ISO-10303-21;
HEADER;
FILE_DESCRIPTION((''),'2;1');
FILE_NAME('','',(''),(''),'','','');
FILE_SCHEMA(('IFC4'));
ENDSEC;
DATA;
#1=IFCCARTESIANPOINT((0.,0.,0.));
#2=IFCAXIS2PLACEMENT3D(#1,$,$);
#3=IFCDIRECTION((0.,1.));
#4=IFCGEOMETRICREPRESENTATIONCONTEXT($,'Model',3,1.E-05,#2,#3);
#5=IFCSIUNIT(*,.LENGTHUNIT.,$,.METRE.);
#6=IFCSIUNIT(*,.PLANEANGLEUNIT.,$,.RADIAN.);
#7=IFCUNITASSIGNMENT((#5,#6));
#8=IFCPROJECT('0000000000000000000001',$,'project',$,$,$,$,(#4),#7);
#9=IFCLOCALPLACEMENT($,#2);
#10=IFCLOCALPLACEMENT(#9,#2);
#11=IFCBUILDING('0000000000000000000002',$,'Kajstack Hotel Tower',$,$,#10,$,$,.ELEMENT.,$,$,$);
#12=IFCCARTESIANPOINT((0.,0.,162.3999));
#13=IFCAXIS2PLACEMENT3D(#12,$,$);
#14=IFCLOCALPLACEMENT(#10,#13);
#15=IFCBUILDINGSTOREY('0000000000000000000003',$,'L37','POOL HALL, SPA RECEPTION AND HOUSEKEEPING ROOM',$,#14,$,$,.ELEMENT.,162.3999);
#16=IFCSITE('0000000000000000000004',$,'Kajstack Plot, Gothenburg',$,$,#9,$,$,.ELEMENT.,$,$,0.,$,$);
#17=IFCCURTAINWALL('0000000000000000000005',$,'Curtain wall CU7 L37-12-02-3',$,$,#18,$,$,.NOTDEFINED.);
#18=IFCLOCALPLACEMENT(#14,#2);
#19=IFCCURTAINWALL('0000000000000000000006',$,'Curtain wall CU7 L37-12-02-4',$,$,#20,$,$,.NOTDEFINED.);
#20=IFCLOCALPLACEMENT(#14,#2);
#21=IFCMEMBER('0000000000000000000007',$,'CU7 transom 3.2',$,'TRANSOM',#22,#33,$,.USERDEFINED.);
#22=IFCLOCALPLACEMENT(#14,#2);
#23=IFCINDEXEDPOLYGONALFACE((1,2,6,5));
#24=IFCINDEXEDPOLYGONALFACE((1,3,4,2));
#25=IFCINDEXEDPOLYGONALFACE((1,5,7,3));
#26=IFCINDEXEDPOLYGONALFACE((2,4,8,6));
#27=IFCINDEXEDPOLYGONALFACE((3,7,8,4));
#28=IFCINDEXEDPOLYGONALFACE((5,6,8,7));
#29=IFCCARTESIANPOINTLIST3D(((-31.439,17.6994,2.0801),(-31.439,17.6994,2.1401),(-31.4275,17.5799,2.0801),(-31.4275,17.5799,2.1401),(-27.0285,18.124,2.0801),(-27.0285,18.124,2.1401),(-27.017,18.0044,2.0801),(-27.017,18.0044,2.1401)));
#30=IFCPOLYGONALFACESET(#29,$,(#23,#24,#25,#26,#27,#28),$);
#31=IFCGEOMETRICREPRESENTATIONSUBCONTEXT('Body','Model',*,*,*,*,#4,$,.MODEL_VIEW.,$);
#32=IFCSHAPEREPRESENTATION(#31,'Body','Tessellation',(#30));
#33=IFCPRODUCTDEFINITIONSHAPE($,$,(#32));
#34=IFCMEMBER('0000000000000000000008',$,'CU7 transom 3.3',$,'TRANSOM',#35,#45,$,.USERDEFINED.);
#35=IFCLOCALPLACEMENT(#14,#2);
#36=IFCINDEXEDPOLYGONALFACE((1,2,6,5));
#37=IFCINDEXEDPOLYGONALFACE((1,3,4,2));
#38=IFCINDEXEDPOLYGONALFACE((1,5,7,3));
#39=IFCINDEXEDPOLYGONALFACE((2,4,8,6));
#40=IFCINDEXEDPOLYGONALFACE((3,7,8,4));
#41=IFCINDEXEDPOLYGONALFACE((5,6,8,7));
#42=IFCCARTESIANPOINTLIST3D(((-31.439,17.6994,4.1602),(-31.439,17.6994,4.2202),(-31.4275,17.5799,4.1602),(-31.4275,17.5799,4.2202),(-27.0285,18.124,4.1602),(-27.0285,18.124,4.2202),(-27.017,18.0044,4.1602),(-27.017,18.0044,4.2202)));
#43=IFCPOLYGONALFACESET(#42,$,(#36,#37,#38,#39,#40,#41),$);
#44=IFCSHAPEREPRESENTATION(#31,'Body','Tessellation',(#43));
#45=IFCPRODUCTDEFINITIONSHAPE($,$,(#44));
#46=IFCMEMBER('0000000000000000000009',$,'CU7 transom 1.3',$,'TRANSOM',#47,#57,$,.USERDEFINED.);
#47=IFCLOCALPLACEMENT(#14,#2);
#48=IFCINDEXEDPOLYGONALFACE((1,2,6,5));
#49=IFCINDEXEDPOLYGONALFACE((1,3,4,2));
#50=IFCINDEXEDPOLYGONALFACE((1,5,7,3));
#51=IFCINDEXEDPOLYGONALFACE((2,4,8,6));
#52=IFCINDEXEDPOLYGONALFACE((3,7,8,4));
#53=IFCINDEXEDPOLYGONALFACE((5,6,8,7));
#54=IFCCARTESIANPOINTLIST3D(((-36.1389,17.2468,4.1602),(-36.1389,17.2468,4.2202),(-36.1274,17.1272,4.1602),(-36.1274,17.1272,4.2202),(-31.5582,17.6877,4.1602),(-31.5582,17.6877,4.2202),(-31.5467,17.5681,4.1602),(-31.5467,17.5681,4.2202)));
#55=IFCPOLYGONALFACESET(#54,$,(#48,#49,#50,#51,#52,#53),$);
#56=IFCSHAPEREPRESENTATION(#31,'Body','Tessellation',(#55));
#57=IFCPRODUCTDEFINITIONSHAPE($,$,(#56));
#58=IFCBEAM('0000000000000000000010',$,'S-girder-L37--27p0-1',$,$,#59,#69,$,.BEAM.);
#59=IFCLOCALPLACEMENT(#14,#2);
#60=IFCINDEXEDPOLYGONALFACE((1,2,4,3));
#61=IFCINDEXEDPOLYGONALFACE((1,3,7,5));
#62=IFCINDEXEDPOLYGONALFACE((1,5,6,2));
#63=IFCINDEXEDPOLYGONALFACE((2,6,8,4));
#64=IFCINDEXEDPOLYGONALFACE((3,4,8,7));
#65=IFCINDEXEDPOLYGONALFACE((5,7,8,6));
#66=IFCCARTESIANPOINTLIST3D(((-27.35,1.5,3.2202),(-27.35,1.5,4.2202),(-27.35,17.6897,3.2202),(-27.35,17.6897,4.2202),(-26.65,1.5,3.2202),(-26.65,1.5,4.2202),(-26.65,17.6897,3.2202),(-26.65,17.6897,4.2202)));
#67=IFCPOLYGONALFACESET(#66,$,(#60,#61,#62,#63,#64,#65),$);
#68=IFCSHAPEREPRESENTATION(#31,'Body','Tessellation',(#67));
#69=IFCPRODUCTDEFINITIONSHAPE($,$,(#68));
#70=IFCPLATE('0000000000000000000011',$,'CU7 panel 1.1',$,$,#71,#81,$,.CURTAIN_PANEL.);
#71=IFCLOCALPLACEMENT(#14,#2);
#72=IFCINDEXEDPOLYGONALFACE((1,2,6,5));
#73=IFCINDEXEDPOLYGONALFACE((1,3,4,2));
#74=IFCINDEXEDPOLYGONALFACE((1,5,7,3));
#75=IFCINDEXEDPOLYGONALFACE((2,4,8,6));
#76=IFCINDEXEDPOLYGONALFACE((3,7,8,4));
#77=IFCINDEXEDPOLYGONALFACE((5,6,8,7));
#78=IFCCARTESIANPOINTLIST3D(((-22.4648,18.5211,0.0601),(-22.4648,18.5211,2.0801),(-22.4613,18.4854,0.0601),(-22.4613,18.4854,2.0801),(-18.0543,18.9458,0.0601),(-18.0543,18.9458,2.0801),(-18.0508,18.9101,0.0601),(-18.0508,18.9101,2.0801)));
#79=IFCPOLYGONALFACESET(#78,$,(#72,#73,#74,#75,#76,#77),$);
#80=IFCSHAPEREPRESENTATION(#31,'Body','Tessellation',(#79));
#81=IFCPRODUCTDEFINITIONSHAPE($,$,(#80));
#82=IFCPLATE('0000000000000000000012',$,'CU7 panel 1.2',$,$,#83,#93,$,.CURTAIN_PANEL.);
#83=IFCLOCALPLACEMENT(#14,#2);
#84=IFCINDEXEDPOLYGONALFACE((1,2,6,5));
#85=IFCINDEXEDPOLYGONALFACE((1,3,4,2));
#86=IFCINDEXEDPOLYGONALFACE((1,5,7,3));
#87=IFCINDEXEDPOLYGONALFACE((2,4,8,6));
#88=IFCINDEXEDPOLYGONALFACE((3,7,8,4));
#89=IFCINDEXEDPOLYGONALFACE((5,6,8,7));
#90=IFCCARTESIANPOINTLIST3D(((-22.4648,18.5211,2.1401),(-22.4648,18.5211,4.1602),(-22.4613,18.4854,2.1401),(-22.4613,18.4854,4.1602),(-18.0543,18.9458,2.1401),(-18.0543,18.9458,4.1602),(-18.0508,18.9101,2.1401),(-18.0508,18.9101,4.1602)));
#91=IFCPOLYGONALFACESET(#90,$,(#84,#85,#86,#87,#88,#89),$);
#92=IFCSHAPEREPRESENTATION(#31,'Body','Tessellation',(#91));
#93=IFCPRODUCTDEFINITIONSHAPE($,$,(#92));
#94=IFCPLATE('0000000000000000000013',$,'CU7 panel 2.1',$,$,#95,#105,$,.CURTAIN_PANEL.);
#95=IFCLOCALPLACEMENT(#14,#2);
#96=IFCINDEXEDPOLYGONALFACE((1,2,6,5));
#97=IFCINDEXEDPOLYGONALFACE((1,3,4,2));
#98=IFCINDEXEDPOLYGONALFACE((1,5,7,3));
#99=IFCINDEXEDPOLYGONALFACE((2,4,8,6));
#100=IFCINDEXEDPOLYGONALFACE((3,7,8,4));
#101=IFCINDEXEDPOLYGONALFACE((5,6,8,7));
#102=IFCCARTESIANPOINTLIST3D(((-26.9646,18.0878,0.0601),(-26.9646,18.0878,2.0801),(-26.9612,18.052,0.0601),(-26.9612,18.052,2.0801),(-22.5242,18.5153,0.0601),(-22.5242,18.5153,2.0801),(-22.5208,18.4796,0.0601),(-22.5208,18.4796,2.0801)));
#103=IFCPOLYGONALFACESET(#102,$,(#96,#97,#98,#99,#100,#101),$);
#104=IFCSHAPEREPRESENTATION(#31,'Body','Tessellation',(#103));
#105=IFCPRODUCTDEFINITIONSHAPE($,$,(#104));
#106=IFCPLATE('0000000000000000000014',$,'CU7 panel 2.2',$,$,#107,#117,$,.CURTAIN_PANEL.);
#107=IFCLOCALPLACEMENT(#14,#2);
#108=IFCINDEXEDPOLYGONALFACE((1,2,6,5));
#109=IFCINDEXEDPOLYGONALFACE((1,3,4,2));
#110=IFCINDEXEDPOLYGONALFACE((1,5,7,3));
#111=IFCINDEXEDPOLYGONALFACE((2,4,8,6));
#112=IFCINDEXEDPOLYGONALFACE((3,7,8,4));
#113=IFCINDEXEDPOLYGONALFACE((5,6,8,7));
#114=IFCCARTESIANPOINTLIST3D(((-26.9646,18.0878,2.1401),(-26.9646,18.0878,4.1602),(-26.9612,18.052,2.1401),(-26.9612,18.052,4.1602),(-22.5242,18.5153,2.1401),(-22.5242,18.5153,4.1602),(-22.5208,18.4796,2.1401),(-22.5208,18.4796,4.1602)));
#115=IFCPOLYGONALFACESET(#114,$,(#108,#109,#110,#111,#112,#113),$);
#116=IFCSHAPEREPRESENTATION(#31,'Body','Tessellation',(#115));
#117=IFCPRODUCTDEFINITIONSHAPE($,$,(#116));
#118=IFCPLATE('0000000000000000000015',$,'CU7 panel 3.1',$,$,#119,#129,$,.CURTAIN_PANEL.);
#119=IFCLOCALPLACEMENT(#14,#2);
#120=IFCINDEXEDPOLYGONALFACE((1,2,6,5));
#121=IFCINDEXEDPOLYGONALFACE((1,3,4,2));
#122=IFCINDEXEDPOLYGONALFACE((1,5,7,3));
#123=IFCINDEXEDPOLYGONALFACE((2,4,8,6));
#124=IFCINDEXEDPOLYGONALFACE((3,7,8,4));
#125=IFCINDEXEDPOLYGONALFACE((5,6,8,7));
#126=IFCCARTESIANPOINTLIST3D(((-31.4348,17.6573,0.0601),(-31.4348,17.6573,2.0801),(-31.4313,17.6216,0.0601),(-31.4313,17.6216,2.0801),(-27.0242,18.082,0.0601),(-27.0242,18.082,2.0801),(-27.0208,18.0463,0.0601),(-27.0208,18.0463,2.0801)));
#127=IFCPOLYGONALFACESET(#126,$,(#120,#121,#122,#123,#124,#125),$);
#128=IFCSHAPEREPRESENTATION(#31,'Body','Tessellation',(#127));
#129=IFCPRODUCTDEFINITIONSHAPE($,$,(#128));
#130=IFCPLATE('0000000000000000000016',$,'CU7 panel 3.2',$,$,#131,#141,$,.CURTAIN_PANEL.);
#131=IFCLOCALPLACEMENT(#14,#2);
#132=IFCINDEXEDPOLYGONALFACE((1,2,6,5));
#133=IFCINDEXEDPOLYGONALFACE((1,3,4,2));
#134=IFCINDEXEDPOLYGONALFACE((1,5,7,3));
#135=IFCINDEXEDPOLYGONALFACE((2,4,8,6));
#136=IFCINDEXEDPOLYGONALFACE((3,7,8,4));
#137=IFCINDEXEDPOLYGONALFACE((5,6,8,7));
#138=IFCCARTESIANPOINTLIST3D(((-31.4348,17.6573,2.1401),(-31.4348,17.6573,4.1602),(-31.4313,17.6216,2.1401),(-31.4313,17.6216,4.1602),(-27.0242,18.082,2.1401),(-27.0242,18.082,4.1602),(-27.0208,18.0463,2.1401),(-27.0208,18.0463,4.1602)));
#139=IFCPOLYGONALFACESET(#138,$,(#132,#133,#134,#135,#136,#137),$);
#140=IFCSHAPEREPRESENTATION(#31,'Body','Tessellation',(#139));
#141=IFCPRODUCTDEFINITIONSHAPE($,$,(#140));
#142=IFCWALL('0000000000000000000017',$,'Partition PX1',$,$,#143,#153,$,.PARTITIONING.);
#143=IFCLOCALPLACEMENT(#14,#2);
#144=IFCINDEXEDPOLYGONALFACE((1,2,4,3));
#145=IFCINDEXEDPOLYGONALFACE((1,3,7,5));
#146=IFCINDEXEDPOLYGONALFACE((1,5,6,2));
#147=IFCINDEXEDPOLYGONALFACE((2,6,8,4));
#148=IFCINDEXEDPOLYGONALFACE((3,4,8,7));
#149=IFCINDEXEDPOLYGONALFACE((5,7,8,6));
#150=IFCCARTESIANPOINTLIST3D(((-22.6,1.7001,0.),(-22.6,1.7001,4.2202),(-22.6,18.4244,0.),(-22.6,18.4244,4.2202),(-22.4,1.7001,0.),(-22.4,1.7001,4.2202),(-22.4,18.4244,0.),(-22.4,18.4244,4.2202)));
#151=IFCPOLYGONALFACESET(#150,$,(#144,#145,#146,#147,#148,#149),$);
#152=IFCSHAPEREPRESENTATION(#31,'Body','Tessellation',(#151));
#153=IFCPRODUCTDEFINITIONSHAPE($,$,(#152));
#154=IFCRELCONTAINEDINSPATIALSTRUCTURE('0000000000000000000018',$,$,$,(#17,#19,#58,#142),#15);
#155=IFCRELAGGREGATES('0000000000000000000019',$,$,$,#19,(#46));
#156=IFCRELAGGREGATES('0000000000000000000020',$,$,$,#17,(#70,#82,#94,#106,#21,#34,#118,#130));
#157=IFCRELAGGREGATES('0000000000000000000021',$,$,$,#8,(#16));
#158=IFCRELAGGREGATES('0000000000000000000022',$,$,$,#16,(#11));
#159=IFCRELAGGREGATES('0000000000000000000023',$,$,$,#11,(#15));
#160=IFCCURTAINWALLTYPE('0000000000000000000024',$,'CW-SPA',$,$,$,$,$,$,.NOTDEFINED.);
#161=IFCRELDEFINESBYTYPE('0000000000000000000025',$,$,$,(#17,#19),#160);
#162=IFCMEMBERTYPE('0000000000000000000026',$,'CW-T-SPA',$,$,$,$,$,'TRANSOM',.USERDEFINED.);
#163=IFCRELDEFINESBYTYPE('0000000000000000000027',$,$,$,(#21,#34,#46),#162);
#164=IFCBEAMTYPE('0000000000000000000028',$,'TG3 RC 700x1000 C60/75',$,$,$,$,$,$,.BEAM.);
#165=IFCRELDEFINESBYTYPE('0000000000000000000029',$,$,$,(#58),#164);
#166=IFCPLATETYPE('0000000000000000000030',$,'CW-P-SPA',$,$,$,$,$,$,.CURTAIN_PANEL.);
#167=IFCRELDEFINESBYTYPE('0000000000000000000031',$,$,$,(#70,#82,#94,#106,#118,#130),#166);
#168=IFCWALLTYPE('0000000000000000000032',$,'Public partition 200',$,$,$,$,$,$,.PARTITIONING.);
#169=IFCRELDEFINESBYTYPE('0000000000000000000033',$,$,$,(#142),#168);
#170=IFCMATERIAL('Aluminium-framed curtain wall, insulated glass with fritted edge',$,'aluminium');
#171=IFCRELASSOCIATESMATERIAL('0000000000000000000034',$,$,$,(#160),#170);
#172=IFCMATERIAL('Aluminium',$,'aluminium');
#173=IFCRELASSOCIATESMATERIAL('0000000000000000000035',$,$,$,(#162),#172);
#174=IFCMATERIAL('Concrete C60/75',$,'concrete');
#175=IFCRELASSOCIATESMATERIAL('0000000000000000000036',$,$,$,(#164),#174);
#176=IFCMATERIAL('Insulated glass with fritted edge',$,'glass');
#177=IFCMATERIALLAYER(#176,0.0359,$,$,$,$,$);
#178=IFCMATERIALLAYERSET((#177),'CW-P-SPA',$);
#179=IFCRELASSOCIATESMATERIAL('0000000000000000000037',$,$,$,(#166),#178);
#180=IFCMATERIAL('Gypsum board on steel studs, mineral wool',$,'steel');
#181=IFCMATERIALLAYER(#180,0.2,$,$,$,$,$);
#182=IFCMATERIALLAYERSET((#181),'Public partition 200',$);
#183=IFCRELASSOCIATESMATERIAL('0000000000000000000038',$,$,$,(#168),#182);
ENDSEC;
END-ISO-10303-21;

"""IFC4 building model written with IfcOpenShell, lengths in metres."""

from ifc_helpers import new_model, si_unit, direction, frame, frame_2d, origin, origin_2d, place, context, subcontext, project, spatial, rectangle, extrude, material, layer, layer_set, material_profile, profile_set, type_object, element, aggregate, save


model = new_model("IFC4")

# Units and contexts
model_context = context("Model", 3, precision=1e-05, world=origin(), true_north=direction((0.0, 1.0)))
body_context = subcontext(model_context, "Body", "Model", "MODEL_VIEW")
ifc_project = project(units=[si_unit("LENGTHUNIT", "METRE"), si_unit("PLANEANGLEUNIT", "RADIAN")], contexts=[model_context])

# Site, building, storey
site_placement = place(None, origin())
site = spatial("IfcSite", under=ifc_project, at=site_placement, Name="Kajstack Plot, Gothenburg", CompositionType="ELEMENT", RefElevation=0.0)
building_placement = place(site_placement, origin())
building = spatial("IfcBuilding", under=site, at=building_placement, Name="Kajstack Hotel Tower", CompositionType="ELEMENT")
storey_placement = place(building_placement, frame((0.0, 0.0, 162.3999)))
storey = spatial("IfcBuildingStorey", under=building, at=storey_placement, Name="L37", Description="POOL HALL, SPA RECEPTION AND HOUSEKEEPING ROOM", CompositionType="ELEMENT", Elevation=162.3999)

# Curtain wall
ifc_material_1 = material(Name="Aluminium-framed curtain wall, insulated glass with fritted edge", Category="aluminium")
curtain_wall_type = type_object("IfcCurtainWallType", Name="CW-SPA", PredefinedType="NOTDEFINED", material=ifc_material_1)
curtain_wall_1_placement = place(storey_placement, origin())
curtain_wall_1 = element("IfcCurtainWall", 1, at=curtain_wall_1_placement, inside=storey, type_object=curtain_wall_type, Name="Curtain wall CU7 L37-12-02-3", PredefinedType="NOTDEFINED")
ifc_material_2 = material(Name="Aluminium", Category="aluminium")

# Curtain wall
curtain_wall_2_placement = place(storey_placement, origin())
curtain_wall_2 = element("IfcCurtainWall", 2, at=curtain_wall_2_placement, inside=storey, type_object=curtain_wall_type, Name="Curtain wall CU7 L37-12-02-4", PredefinedType="NOTDEFINED")

# Members
ifc_material_profile_1 = material_profile(ifc_material_2, rectangle(XDim=0.1201, YDim=0.0601, at=origin_2d()), Name="Aluminium transom 120 x 60")
ifc_profile_set_1 = profile_set([ifc_material_profile_1], Name="Aluminium")
member_type_1 = type_object("IfcMemberType", Name="CW-T-SPA", ElementType="TRANSOM", PredefinedType="USERDEFINED", material=ifc_profile_set_1)
member_1_placement = place(storey_placement, frame((-27.0227, 18.0642, 2.1101), z_axis=(-0.995399, -0.095821, 0.0), x_axis=(0.095821, -0.995399, 0.0)))
member_1 = element("IfcMember", 3, at=member_1_placement, type_object=member_type_1, Name="CU7 transom 3.2", ObjectType="TRANSOM", PredefinedType="USERDEFINED", context=body_context, shape_type="SweptSolid", body=[
    extrude(rectangle(XDim=0.1201, YDim=0.0601, at=origin_2d()), origin(), (0.0, 0.0, 1.0), 4.4309),
])
member_2_placement = place(storey_placement, frame((-27.0227, 18.0642, 4.1902), z_axis=(-0.995399, -0.095821, 0.0), x_axis=(0.095821, -0.995399, 0.0)))
member_2 = element("IfcMember", 4, at=member_2_placement, type_object=member_type_1, Name="CU7 transom 3.3", ObjectType="TRANSOM", PredefinedType="USERDEFINED", context=body_context, shape_type="SweptSolid", body=[
    extrude(rectangle(XDim=0.1201, YDim=0.0601, at=origin_2d()), origin(), (0.0, 0.0, 1.0), 4.4309),
])
member_3_placement = place(storey_placement, frame((-31.5525, 17.6279, 4.1902), z_axis=(-0.995399, -0.095816, 0.0), x_axis=(0.095816, -0.995399, 0.0)))
member_3 = element("IfcMember", 5, at=member_3_placement, type_object=member_type_1, Name="CU7 transom 1.3", ObjectType="TRANSOM", PredefinedType="USERDEFINED", context=body_context, shape_type="SweptSolid", body=[
    extrude(rectangle(XDim=0.1201, YDim=0.0601, at=origin_2d()), origin(), (0.0, 0.0, 1.0), 4.6018),
])
aggregate(curtain_wall_2, [member_3])

# Beam
ifc_material_3 = material(Name="Concrete C60/75", Category="concrete")
ifc_material_profile_2 = material_profile(ifc_material_3, rectangle(XDim=0.7, YDim=1.0, at=origin_2d()), Name="RC 700x1000")
ifc_profile_set_2 = profile_set([ifc_material_profile_2], Name="Concrete C60/75")
beam_type = type_object("IfcBeamType", Name="TG3 RC 700x1000 C60/75", PredefinedType="BEAM", material=ifc_profile_set_2)
beam_placement = place(storey_placement, frame((-27.0, 1.5, 3.7202), z_axis=(0.0, 1.0, 0.0), x_axis=(-1.0, 0.0, 0.0)))
element("IfcBeam", 6, at=beam_placement, inside=storey, type_object=beam_type, Name="S-girder-L37--27p0-1", PredefinedType="BEAM", context=body_context, shape_type="SweptSolid", body=[
    extrude(rectangle(XDim=0.7, YDim=1.0, at=origin_2d()), origin(), (0.0, 0.0, 1.0), 16.1897),
])

# Plates
ifc_material_4 = material(Name="Insulated glass with fritted edge", Category="glass")
ifc_layer_1 = layer(ifc_material_4, 0.0359)
ifc_layer_set_1 = layer_set([ifc_layer_1], Name="CW-P-SPA")
plate_type = type_object("IfcPlateType", Name="CW-P-SPA", PredefinedType="CURTAIN_PANEL", material=ifc_layer_set_1)
plate_1_placement = place(storey_placement, frame((-20.2578, 18.7156, 0.0601), z_axis=(0.0, 0.0, 1.0), x_axis=(-0.995396, -0.095845, 0.0)))
plate_1 = element("IfcPlate", 7, at=plate_1_placement, type_object=plate_type, Name="CU7 panel 1.1", PredefinedType="CURTAIN_PANEL", context=body_context, shape_type="SweptSolid", body=[
    extrude(rectangle(XDim=4.4309, YDim=0.0359, at=origin_2d()), origin(), (0.0, 0.0, 1.0), 2.02),
])
plate_2_placement = place(storey_placement, frame((-20.2578, 18.7156, 2.1401), z_axis=(0.0, 0.0, 1.0), x_axis=(-0.995396, -0.095845, 0.0)))
plate_2 = element("IfcPlate", 8, at=plate_2_placement, type_object=plate_type, Name="CU7 panel 1.2", PredefinedType="CURTAIN_PANEL", context=body_context, shape_type="SweptSolid", body=[
    extrude(rectangle(XDim=4.4309, YDim=0.0359, at=origin_2d()), origin(), (0.0, 0.0, 1.0), 2.02),
])
plate_3_placement = place(storey_placement, frame((-24.7427, 18.2837, 0.0601), z_axis=(0.0, 0.0, 1.0), x_axis=(-0.995396, -0.095845, 0.0)))
plate_3 = element("IfcPlate", 9, at=plate_3_placement, type_object=plate_type, Name="CU7 panel 2.1", PredefinedType="CURTAIN_PANEL", context=body_context, shape_type="SweptSolid", body=[
    extrude(rectangle(XDim=4.4609, YDim=0.0359, at=origin_2d()), origin(), (0.0, 0.0, 1.0), 2.02),
])
plate_4_placement = place(storey_placement, frame((-24.7427, 18.2837, 2.1401), z_axis=(0.0, 0.0, 1.0), x_axis=(-0.995396, -0.095845, 0.0)))
plate_4 = element("IfcPlate", 10, at=plate_4_placement, type_object=plate_type, Name="CU7 panel 2.2", PredefinedType="CURTAIN_PANEL", context=body_context, shape_type="SweptSolid", body=[
    extrude(rectangle(XDim=4.4609, YDim=0.0359, at=origin_2d()), origin(), (0.0, 0.0, 1.0), 2.02),
])
plate_5_placement = place(storey_placement, frame((-29.2278, 17.8518, 0.0601), z_axis=(0.0, 0.0, 1.0), x_axis=(-0.995396, -0.095845, 0.0)))
plate_5 = element("IfcPlate", 11, at=plate_5_placement, type_object=plate_type, Name="CU7 panel 3.1", PredefinedType="CURTAIN_PANEL", context=body_context, shape_type="SweptSolid", body=[
    extrude(rectangle(XDim=4.4309, YDim=0.0359, at=origin_2d()), origin(), (0.0, 0.0, 1.0), 2.02),
])
plate_6_placement = place(storey_placement, frame((-29.2278, 17.8518, 2.1401), z_axis=(0.0, 0.0, 1.0), x_axis=(-0.995396, -0.095845, 0.0)))
plate_6 = element("IfcPlate", 12, at=plate_6_placement, type_object=plate_type, Name="CU7 panel 3.2", PredefinedType="CURTAIN_PANEL", context=body_context, shape_type="SweptSolid", body=[
    extrude(rectangle(XDim=4.4309, YDim=0.0359, at=origin_2d()), origin(), (0.0, 0.0, 1.0), 2.02),
])
aggregate(curtain_wall_1, [plate_1, plate_2, plate_3, plate_4, member_1, member_2, plate_5, plate_6])

# Wall
ifc_material_5 = material(Name="Gypsum board on steel studs, mineral wool", Category="steel")
ifc_layer_2 = layer(ifc_material_5, 0.2)
ifc_layer_set_2 = layer_set([ifc_layer_2], Name="Public partition 200")
wall_type = type_object("IfcWallType", Name="Public partition 200", PredefinedType="PARTITIONING", material=ifc_layer_set_2)
wall_1_placement = place(storey_placement, frame((-22.5, 1.7, 0.0), z_axis=(0.0, 0.0, 1.0), x_axis=(0.0, 1.0, 0.0)))
element("IfcWall", 13, at=wall_1_placement, inside=storey, type_object=wall_type, Name="Partition PX1", PredefinedType="PARTITIONING", context=body_context, shape_type="SweptSolid", body=[
    extrude(rectangle(XDim=16.7244, YDim=0.2, at=frame_2d((8.3623, 0.0))), origin(), (0.0, 0.0, 1.0), 4.2202),
])

save(model, "model.ifc")
